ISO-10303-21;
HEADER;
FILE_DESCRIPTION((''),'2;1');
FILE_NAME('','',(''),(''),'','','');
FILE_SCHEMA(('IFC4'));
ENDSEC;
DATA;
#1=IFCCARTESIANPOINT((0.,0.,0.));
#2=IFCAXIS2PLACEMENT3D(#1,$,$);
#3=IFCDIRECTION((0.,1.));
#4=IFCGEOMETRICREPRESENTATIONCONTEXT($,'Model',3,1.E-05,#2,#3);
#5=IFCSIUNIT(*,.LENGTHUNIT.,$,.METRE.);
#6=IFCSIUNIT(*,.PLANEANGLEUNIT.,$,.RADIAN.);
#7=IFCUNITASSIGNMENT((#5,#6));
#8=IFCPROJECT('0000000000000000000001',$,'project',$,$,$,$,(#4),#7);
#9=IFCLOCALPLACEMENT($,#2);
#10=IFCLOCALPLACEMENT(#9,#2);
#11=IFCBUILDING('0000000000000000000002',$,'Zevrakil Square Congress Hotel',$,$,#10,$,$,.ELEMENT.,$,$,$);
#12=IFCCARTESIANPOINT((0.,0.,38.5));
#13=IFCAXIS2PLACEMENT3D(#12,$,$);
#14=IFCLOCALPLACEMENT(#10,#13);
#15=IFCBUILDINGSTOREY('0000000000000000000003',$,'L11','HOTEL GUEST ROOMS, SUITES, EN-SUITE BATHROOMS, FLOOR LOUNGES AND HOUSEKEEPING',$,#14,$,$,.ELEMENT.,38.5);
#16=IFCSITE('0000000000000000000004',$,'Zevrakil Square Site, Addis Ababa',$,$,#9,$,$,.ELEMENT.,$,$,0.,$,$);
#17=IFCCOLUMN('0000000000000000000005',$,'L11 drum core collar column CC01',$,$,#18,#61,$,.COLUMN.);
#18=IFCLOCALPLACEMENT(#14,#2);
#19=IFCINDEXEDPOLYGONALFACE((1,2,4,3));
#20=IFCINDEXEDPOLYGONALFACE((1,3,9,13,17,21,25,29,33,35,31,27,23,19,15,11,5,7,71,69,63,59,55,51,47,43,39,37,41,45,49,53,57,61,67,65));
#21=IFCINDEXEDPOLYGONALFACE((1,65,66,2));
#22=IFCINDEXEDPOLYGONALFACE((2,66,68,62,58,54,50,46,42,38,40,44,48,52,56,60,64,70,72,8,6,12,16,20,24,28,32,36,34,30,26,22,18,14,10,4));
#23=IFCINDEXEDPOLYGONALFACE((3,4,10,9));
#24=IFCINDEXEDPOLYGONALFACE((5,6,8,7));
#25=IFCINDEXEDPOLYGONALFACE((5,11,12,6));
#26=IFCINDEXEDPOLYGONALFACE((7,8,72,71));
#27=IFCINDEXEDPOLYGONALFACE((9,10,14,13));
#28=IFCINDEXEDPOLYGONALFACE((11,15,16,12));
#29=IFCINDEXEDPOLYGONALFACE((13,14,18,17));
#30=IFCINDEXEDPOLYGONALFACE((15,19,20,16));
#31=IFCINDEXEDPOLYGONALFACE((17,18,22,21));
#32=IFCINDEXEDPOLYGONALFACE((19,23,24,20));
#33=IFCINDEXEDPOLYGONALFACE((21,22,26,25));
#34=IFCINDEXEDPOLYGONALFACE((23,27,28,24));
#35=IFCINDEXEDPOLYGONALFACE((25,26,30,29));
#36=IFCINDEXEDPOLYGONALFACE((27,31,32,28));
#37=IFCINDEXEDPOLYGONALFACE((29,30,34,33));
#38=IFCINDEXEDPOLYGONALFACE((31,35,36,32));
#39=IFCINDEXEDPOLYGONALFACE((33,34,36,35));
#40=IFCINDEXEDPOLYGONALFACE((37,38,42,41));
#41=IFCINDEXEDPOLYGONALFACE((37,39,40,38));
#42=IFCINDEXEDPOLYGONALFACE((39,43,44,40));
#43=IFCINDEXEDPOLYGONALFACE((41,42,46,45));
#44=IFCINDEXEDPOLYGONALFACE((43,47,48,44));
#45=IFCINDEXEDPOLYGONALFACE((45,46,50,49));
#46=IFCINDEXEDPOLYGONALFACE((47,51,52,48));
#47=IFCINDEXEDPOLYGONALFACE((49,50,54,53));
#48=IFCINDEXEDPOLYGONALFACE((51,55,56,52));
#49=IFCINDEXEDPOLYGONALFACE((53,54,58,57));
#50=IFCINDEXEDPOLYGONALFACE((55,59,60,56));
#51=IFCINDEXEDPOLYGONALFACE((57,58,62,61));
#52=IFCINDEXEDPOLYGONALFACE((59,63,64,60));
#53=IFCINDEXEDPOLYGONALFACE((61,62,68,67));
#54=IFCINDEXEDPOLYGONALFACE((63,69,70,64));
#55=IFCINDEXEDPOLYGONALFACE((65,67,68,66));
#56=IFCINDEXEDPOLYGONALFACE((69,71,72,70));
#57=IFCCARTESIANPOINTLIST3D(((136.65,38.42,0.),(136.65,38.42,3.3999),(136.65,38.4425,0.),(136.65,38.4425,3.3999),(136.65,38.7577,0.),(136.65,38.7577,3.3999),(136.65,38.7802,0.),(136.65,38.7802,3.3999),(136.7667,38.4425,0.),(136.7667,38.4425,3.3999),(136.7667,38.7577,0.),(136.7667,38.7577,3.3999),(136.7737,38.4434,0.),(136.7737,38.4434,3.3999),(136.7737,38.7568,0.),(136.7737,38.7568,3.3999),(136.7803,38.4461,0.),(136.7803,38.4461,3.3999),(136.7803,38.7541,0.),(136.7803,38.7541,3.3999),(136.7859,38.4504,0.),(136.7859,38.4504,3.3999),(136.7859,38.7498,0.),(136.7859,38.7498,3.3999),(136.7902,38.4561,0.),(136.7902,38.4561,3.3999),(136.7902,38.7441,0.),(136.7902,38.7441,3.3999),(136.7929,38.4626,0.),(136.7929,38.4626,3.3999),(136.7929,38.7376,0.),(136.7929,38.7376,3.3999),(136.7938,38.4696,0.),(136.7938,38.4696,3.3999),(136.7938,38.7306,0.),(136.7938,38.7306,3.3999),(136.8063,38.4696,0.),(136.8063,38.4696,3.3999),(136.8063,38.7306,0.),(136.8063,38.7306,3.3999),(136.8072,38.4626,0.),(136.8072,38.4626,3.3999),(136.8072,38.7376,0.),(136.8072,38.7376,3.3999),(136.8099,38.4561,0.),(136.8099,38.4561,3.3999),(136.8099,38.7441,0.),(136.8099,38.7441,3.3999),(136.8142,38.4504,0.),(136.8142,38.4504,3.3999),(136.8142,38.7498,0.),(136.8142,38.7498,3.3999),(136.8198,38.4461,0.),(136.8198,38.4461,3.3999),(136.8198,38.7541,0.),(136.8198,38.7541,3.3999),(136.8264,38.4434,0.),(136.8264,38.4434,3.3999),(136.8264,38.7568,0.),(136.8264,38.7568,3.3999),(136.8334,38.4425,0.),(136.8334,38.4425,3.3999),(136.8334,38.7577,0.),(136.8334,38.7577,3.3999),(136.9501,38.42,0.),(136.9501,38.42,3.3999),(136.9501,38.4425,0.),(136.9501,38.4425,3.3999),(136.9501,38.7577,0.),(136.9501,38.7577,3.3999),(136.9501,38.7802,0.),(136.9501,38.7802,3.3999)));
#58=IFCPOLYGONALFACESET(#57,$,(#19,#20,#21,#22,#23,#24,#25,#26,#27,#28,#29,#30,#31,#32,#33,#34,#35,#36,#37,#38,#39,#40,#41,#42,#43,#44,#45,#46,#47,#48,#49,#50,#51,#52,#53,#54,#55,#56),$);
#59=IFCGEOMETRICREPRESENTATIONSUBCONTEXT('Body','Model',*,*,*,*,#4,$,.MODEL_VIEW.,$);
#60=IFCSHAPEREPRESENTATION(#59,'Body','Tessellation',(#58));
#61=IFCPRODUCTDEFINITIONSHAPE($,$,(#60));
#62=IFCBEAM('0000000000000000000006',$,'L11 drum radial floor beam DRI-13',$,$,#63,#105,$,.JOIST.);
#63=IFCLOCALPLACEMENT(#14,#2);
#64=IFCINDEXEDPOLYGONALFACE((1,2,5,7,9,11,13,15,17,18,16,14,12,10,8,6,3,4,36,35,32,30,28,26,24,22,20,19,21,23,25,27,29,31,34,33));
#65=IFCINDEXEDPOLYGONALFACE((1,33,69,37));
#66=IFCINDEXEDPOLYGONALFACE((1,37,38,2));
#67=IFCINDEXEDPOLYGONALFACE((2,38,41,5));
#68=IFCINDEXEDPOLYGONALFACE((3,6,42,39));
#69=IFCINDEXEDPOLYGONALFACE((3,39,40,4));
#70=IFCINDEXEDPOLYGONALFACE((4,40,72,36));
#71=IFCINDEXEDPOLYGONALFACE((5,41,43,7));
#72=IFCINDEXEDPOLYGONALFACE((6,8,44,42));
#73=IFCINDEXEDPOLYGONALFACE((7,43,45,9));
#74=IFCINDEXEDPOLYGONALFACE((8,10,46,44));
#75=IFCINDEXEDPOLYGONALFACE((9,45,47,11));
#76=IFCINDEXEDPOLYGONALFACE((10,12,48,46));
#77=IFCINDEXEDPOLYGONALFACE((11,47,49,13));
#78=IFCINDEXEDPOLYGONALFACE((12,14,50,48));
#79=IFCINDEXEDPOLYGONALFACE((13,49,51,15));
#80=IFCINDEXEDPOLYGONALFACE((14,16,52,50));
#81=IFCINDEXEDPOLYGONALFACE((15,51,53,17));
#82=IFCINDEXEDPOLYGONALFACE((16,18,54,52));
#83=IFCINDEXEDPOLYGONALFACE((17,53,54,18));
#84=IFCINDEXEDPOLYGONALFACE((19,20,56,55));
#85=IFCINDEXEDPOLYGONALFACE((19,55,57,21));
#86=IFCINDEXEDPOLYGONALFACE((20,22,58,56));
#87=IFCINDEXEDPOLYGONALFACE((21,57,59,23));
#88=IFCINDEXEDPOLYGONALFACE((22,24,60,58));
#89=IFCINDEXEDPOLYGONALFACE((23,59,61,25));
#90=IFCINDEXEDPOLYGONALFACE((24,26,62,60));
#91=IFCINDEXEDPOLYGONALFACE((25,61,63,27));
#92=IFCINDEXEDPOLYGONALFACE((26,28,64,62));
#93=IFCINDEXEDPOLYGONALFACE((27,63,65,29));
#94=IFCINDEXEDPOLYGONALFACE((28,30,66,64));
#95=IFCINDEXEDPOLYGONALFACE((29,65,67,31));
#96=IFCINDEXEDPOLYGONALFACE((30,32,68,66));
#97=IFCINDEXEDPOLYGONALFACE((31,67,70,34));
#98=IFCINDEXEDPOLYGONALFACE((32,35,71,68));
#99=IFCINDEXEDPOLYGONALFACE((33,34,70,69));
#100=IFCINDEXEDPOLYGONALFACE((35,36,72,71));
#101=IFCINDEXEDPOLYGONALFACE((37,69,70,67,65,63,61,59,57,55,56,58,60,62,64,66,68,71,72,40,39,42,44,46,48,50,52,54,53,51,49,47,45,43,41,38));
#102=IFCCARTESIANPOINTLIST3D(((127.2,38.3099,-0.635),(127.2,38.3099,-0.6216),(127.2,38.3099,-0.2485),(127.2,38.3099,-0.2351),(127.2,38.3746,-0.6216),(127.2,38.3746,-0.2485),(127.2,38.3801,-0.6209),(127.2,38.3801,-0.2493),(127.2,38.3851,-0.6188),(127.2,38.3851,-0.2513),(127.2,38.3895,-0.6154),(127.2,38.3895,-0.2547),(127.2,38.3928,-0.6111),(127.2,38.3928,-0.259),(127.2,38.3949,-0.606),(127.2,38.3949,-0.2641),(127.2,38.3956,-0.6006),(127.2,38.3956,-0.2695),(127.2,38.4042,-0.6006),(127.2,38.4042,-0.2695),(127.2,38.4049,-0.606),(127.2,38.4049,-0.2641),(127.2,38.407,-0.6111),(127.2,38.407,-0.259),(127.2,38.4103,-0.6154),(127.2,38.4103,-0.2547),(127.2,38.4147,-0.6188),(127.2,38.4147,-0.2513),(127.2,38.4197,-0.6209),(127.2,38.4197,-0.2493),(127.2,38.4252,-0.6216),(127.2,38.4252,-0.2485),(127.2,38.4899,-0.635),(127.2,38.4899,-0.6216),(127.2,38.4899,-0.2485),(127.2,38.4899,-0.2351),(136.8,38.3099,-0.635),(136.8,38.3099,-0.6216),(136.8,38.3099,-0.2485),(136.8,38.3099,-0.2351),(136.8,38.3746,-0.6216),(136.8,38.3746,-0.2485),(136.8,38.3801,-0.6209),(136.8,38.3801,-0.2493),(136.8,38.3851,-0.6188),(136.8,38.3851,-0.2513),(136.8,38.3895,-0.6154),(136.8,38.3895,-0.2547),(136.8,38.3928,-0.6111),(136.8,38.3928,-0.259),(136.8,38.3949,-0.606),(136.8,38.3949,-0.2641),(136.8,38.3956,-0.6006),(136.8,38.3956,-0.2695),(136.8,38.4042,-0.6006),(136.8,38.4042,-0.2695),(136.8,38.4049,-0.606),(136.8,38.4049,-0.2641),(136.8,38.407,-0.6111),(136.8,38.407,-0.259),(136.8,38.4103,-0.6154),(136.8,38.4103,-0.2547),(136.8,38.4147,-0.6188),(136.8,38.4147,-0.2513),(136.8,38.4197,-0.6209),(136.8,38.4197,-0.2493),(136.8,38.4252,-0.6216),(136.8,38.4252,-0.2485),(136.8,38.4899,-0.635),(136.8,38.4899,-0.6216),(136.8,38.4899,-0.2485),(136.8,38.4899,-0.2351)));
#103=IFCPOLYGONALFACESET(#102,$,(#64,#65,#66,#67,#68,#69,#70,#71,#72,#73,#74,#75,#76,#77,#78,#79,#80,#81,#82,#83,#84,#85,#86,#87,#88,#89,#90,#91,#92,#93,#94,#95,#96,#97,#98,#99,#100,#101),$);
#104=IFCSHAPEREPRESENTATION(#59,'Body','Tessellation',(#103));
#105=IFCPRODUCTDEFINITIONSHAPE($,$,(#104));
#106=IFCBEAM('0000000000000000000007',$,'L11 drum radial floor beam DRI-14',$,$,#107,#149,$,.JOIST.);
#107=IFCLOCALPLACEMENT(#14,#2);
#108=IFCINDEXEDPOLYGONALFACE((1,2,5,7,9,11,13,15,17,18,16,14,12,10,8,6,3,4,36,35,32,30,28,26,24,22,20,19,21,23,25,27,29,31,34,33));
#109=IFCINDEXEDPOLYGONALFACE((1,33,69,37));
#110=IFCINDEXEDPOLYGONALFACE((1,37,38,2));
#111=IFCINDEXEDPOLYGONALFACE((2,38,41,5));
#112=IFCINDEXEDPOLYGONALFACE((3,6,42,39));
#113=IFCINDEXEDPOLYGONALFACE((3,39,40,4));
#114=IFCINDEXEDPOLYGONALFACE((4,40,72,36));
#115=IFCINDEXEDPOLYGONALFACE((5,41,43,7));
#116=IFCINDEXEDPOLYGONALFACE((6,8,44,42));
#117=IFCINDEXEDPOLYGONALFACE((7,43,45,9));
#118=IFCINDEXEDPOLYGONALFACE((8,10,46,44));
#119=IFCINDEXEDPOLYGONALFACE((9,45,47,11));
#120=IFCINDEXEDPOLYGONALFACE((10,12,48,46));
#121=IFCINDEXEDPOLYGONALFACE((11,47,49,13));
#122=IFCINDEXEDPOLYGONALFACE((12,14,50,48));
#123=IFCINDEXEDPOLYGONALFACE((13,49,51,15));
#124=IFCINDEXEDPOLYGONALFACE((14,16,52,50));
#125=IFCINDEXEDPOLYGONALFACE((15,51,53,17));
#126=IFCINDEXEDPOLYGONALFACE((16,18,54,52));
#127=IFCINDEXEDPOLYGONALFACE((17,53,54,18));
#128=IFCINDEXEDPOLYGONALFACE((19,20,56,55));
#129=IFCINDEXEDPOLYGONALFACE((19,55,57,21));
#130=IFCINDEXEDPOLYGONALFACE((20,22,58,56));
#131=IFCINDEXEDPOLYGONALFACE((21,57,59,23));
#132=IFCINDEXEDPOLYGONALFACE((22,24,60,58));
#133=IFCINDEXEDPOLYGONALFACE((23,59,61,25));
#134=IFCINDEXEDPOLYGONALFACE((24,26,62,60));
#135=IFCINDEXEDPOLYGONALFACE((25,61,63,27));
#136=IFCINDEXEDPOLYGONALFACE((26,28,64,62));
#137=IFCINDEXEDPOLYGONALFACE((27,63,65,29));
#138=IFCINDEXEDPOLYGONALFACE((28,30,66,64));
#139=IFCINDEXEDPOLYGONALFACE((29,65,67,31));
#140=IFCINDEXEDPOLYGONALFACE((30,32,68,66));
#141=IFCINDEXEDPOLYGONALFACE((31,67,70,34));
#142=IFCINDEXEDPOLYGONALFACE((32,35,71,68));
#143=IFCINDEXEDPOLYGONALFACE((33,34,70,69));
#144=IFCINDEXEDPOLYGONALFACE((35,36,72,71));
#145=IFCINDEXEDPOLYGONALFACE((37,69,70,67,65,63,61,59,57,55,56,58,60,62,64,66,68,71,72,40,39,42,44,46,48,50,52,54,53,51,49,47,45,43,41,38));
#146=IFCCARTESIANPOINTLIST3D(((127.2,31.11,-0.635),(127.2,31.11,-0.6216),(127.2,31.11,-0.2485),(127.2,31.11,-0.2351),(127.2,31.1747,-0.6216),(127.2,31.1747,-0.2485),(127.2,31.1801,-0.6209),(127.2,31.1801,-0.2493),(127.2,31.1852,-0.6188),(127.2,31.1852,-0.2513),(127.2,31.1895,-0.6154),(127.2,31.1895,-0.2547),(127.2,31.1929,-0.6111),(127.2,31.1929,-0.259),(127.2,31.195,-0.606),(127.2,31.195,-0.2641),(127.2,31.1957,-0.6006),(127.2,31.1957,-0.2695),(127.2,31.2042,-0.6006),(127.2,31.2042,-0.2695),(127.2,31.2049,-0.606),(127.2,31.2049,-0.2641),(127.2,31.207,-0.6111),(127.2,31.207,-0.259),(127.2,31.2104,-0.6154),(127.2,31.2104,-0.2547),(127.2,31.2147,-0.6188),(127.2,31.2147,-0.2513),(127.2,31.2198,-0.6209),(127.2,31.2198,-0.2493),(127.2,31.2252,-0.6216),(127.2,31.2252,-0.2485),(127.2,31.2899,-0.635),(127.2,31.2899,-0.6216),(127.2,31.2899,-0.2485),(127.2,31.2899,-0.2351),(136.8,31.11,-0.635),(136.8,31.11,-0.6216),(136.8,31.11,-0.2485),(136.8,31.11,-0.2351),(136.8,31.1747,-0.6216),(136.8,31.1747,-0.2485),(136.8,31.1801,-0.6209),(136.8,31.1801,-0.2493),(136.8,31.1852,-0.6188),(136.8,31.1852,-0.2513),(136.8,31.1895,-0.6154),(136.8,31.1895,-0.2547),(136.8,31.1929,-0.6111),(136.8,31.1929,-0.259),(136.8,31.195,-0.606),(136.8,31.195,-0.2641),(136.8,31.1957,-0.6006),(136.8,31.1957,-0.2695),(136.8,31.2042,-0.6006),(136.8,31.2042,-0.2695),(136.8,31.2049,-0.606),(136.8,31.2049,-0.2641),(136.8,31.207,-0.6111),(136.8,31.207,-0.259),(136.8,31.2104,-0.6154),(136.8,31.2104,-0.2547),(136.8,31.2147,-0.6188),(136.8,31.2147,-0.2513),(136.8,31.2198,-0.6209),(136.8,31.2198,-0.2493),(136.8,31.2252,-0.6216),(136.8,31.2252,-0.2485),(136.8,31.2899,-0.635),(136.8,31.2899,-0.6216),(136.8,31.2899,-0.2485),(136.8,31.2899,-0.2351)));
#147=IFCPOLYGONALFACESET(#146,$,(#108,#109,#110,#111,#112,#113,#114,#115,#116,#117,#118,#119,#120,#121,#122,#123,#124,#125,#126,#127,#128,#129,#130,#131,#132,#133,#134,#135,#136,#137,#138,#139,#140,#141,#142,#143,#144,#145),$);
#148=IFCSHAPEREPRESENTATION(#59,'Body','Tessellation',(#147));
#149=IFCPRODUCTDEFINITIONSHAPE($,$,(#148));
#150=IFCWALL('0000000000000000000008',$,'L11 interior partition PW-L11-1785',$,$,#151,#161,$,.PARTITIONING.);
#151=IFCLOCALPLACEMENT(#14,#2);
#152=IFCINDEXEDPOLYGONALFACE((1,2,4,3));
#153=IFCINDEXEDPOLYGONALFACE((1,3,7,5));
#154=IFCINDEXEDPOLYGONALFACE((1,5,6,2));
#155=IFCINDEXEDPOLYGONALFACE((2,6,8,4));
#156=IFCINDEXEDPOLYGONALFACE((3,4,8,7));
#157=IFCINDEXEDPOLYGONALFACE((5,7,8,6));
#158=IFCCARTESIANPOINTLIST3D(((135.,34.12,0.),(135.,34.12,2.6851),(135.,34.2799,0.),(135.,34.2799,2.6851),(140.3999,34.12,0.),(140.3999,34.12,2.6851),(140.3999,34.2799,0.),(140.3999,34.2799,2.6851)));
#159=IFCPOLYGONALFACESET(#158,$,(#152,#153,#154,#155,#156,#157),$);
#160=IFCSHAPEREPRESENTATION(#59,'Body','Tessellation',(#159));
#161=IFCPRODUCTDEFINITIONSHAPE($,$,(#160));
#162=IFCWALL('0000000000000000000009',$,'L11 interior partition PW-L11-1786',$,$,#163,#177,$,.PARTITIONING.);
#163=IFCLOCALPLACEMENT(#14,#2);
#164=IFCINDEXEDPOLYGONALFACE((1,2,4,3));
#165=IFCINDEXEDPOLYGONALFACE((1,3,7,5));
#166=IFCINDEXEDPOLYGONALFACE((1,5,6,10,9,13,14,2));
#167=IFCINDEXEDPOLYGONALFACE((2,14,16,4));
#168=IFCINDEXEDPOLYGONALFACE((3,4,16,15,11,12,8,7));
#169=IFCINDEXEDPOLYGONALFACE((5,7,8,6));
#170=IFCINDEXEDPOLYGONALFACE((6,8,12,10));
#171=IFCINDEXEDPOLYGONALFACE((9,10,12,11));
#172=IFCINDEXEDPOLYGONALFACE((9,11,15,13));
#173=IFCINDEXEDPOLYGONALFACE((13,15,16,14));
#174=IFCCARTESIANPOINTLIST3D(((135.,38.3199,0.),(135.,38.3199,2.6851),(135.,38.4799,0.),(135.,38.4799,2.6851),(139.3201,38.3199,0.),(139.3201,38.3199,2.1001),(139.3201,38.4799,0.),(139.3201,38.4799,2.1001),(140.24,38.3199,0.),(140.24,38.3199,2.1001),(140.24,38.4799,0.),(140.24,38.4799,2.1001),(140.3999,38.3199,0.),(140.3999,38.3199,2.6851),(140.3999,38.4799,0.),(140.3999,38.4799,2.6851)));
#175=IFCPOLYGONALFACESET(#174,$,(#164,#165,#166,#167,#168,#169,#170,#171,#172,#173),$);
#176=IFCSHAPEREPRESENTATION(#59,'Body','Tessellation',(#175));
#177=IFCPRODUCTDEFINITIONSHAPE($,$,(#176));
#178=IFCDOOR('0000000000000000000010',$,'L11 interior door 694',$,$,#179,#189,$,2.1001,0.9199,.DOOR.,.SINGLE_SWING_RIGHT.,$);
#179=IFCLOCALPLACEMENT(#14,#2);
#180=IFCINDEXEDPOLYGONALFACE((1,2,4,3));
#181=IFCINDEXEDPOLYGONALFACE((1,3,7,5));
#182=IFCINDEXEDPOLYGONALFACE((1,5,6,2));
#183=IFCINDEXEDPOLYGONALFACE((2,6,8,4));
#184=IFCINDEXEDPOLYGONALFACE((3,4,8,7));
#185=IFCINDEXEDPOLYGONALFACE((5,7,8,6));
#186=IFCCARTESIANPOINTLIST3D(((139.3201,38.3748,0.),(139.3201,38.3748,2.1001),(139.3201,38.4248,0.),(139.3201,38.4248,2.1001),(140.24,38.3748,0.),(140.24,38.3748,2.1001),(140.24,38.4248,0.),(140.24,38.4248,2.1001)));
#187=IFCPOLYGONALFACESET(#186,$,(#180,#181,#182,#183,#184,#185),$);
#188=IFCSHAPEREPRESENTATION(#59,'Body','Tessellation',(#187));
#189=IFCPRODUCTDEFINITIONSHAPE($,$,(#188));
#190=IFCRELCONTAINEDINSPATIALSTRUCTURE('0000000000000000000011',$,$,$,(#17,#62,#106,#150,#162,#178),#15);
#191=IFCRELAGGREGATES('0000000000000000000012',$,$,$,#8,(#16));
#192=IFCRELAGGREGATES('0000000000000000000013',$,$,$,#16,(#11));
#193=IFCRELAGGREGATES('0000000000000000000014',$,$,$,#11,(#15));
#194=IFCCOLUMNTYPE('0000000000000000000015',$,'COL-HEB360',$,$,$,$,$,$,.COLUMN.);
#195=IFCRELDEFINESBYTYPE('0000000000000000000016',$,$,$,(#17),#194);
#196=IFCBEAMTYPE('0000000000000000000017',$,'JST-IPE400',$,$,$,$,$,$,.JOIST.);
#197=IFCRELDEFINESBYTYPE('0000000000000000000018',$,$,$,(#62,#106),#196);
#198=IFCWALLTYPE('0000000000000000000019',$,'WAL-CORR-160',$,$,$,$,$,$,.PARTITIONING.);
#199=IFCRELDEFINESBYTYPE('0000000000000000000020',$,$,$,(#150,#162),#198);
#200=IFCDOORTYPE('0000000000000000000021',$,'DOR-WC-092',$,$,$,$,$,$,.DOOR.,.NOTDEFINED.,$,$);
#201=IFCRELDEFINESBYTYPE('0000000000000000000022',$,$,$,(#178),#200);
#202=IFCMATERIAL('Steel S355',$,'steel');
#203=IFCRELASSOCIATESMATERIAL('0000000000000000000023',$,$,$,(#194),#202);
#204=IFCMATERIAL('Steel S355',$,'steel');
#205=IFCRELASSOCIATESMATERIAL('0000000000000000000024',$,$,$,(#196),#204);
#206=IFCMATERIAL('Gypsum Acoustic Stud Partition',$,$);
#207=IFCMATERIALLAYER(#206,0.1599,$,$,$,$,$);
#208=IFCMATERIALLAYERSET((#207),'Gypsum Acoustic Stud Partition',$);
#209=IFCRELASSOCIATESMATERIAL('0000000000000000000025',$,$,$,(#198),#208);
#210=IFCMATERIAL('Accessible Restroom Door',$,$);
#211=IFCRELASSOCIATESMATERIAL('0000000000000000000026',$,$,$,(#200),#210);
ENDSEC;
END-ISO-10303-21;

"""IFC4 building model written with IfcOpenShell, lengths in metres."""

from ifc_helpers import new_model, si_unit, direction, frame, frame_2d, origin, origin_2d, place, context, subcontext, project, spatial, rectangle, i_section, extrude, material, layer, layer_set, material_profile, profile_set, type_object, element, fill, save


model = new_model("IFC4")

# Units and contexts
model_context = context("Model", 3, precision=1e-05, world=origin(), true_north=direction((0.0, 1.0)))
body_context = subcontext(model_context, "Body", "Model", "MODEL_VIEW")
ifc_project = project(units=[si_unit("LENGTHUNIT", "METRE"), si_unit("PLANEANGLEUNIT", "RADIAN")], contexts=[model_context])

# Site, building, storey
site_placement = place(None, origin())
site = spatial("IfcSite", under=ifc_project, at=site_placement, Name="Zevrakil Square Site, Addis Ababa", CompositionType="ELEMENT", RefElevation=0.0)
building_placement = place(site_placement, origin())
building = spatial("IfcBuilding", under=site, at=building_placement, Name="Zevrakil Square Congress Hotel", CompositionType="ELEMENT")
storey_placement = place(building_placement, frame((0.0, 0.0, 38.5)))
storey = spatial("IfcBuildingStorey", under=building, at=storey_placement, Name="L11", Description="HOTEL GUEST ROOMS, SUITES, EN-SUITE BATHROOMS, FLOOR LOUNGES AND HOUSEKEEPING", CompositionType="ELEMENT", Elevation=38.5)

# Column
ifc_material_1 = material(Name="Steel S355", Category="steel")
ifc_material_profile_1 = material_profile(ifc_material_1, i_section(OverallWidth=0.3, OverallDepth=0.3601, WebThickness=0.0125, FlangeThickness=0.0225, FilletRadius=0.0271, at=origin_2d()), Name="HEB 360")
ifc_profile_set_1 = profile_set([ifc_material_profile_1], Name="Steel S355")
column_type = type_object("IfcColumnType", Name="COL-HEB360", PredefinedType="COLUMN", material=ifc_profile_set_1)
column_placement = place(storey_placement, frame((136.8, 38.6001, 0.0), z_axis=(0.0, 0.0, 1.0), x_axis=(1.0, 0.0, 0.0)))
element("IfcColumn", 1, at=column_placement, inside=storey, type_object=column_type, Name="L11 drum core collar column CC01", PredefinedType="COLUMN", context=body_context, shape_type="SweptSolid", body=[
    extrude(i_section(OverallWidth=0.3, OverallDepth=0.3601, WebThickness=0.0125, FlangeThickness=0.0225, FilletRadius=0.0271, at=origin_2d()), origin(), (0.0, 0.0, 1.0), 3.3999),
])

# Beams
ifc_material_2 = material(Name="Steel S355", Category="steel")
ifc_material_profile_2 = material_profile(ifc_material_2, i_section(OverallWidth=0.1799, OverallDepth=0.3999, WebThickness=0.0085, FlangeThickness=0.0134, FilletRadius=0.021, at=origin_2d()), Name="IPE 400")
ifc_profile_set_2 = profile_set([ifc_material_profile_2], Name="Steel S355")
beam_type = type_object("IfcBeamType", Name="JST-IPE400", PredefinedType="JOIST", material=ifc_profile_set_2)
for number, where, z_axis, x_axis, name in (
    (2, (136.8, 38.3999, -0.4351), (-1.0, 0.0, 0.0), (0.0, -1.0, 0.0), "L11 drum radial floor beam DRI-13"),
    (3, (136.8, 31.2, -0.4351), (-1.0, 0.0, 0.0), (0.0, -1.0, 0.0), "L11 drum radial floor beam DRI-14"),
):
    element("IfcBeam", number, at=place(storey_placement, frame(where, z_axis=z_axis, x_axis=x_axis)), inside=storey, type_object=beam_type, Name=name, PredefinedType="JOIST", context=body_context, shape_type="SweptSolid", body=[
        extrude(i_section(OverallWidth=0.1799, OverallDepth=0.3999, WebThickness=0.0085, FlangeThickness=0.0134, FilletRadius=0.021, at=origin_2d()), origin(), (0.0, 0.0, 1.0), 9.6001),
    ])

# Wall
ifc_material_3 = material(Name="Gypsum Acoustic Stud Partition")
ifc_layer_1 = layer(ifc_material_3, 0.1599)
ifc_layer_set_1 = layer_set([ifc_layer_1], Name="Gypsum Acoustic Stud Partition")
wall_type_1 = type_object("IfcWallType", Name="WAL-CORR-160", PredefinedType="PARTITIONING", material=ifc_layer_set_1)
wall_1_placement = place(storey_placement, frame((135.0, 34.2, 0.0), z_axis=(0.0, 0.0, 1.0), x_axis=(1.0, 0.0, 0.0)))
element("IfcWall", 4, at=wall_1_placement, inside=storey, type_object=wall_type_1, Name="L11 interior partition PW-L11-1785", PredefinedType="PARTITIONING", context=body_context, shape_type="SweptSolid", body=[
    extrude(rectangle(XDim=5.3999, YDim=0.1599, at=frame_2d((2.7, 0.0))), origin(), (0.0, 0.0, 1.0), 2.6851),
])

# Wall, opening, door
wall_2_placement = place(storey_placement, frame((135.0, 38.3999, 0.0), z_axis=(0.0, 0.0, 1.0), x_axis=(1.0, 0.0, 0.0)))
wall_2 = element("IfcWall", 5, at=wall_2_placement, inside=storey, type_object=wall_type_1, Name="L11 interior partition PW-L11-1786", PredefinedType="PARTITIONING", context=body_context, shape_type="SweptSolid", body=[
    extrude(rectangle(XDim=5.3999, YDim=0.1599, at=frame_2d((2.7, 0.0))), origin(), (0.0, 0.0, 1.0), 2.6851),
])
opening_1_placement = place(wall_2_placement, frame((4.3201, 0.0, 0.0)))
opening_1 = element("IfcOpeningElement", 6, at=opening_1_placement, cuts=wall_2, PredefinedType="OPENING", context=body_context, shape_type="SweptSolid", body=[
    extrude(rectangle(XDim=0.9199, YDim=2.1001, at=frame_2d((0.46, 1.05))), frame((0.0, 0.0898, 0.0), z_axis=(0.0, -1.0, 0.0), x_axis=(1.0, 0.0, 0.0)), (0.0, 0.0, 1.0), 0.1799),
])
ifc_material_4 = material(Name="Accessible Restroom Door")
door_type_1 = type_object("IfcDoorType", Name="DOR-WC-092", OperationType="NOTDEFINED", PredefinedType="DOOR", material=ifc_material_4)
door_1_placement = place(opening_1_placement, origin())
door_1 = element("IfcDoor", 7, at=door_1_placement, inside=storey, type_object=door_type_1, Name="L11 interior door 694", OperationType="SINGLE_SWING_RIGHT", OverallHeight=2.1001, OverallWidth=0.9199, PredefinedType="DOOR", context=body_context, shape_type="SweptSolid", body=[
    extrude(rectangle(XDim=0.9199, YDim=2.1001, at=frame_2d((0.46, 1.05))), frame((0.0, 0.0249, 0.0), z_axis=(0.0, -1.0, 0.0), x_axis=(1.0, 0.0, 0.0)), (0.0, 0.0, 1.0), 0.05),
])
fill(opening_1, door_1)

save(model, "model.ifc")
